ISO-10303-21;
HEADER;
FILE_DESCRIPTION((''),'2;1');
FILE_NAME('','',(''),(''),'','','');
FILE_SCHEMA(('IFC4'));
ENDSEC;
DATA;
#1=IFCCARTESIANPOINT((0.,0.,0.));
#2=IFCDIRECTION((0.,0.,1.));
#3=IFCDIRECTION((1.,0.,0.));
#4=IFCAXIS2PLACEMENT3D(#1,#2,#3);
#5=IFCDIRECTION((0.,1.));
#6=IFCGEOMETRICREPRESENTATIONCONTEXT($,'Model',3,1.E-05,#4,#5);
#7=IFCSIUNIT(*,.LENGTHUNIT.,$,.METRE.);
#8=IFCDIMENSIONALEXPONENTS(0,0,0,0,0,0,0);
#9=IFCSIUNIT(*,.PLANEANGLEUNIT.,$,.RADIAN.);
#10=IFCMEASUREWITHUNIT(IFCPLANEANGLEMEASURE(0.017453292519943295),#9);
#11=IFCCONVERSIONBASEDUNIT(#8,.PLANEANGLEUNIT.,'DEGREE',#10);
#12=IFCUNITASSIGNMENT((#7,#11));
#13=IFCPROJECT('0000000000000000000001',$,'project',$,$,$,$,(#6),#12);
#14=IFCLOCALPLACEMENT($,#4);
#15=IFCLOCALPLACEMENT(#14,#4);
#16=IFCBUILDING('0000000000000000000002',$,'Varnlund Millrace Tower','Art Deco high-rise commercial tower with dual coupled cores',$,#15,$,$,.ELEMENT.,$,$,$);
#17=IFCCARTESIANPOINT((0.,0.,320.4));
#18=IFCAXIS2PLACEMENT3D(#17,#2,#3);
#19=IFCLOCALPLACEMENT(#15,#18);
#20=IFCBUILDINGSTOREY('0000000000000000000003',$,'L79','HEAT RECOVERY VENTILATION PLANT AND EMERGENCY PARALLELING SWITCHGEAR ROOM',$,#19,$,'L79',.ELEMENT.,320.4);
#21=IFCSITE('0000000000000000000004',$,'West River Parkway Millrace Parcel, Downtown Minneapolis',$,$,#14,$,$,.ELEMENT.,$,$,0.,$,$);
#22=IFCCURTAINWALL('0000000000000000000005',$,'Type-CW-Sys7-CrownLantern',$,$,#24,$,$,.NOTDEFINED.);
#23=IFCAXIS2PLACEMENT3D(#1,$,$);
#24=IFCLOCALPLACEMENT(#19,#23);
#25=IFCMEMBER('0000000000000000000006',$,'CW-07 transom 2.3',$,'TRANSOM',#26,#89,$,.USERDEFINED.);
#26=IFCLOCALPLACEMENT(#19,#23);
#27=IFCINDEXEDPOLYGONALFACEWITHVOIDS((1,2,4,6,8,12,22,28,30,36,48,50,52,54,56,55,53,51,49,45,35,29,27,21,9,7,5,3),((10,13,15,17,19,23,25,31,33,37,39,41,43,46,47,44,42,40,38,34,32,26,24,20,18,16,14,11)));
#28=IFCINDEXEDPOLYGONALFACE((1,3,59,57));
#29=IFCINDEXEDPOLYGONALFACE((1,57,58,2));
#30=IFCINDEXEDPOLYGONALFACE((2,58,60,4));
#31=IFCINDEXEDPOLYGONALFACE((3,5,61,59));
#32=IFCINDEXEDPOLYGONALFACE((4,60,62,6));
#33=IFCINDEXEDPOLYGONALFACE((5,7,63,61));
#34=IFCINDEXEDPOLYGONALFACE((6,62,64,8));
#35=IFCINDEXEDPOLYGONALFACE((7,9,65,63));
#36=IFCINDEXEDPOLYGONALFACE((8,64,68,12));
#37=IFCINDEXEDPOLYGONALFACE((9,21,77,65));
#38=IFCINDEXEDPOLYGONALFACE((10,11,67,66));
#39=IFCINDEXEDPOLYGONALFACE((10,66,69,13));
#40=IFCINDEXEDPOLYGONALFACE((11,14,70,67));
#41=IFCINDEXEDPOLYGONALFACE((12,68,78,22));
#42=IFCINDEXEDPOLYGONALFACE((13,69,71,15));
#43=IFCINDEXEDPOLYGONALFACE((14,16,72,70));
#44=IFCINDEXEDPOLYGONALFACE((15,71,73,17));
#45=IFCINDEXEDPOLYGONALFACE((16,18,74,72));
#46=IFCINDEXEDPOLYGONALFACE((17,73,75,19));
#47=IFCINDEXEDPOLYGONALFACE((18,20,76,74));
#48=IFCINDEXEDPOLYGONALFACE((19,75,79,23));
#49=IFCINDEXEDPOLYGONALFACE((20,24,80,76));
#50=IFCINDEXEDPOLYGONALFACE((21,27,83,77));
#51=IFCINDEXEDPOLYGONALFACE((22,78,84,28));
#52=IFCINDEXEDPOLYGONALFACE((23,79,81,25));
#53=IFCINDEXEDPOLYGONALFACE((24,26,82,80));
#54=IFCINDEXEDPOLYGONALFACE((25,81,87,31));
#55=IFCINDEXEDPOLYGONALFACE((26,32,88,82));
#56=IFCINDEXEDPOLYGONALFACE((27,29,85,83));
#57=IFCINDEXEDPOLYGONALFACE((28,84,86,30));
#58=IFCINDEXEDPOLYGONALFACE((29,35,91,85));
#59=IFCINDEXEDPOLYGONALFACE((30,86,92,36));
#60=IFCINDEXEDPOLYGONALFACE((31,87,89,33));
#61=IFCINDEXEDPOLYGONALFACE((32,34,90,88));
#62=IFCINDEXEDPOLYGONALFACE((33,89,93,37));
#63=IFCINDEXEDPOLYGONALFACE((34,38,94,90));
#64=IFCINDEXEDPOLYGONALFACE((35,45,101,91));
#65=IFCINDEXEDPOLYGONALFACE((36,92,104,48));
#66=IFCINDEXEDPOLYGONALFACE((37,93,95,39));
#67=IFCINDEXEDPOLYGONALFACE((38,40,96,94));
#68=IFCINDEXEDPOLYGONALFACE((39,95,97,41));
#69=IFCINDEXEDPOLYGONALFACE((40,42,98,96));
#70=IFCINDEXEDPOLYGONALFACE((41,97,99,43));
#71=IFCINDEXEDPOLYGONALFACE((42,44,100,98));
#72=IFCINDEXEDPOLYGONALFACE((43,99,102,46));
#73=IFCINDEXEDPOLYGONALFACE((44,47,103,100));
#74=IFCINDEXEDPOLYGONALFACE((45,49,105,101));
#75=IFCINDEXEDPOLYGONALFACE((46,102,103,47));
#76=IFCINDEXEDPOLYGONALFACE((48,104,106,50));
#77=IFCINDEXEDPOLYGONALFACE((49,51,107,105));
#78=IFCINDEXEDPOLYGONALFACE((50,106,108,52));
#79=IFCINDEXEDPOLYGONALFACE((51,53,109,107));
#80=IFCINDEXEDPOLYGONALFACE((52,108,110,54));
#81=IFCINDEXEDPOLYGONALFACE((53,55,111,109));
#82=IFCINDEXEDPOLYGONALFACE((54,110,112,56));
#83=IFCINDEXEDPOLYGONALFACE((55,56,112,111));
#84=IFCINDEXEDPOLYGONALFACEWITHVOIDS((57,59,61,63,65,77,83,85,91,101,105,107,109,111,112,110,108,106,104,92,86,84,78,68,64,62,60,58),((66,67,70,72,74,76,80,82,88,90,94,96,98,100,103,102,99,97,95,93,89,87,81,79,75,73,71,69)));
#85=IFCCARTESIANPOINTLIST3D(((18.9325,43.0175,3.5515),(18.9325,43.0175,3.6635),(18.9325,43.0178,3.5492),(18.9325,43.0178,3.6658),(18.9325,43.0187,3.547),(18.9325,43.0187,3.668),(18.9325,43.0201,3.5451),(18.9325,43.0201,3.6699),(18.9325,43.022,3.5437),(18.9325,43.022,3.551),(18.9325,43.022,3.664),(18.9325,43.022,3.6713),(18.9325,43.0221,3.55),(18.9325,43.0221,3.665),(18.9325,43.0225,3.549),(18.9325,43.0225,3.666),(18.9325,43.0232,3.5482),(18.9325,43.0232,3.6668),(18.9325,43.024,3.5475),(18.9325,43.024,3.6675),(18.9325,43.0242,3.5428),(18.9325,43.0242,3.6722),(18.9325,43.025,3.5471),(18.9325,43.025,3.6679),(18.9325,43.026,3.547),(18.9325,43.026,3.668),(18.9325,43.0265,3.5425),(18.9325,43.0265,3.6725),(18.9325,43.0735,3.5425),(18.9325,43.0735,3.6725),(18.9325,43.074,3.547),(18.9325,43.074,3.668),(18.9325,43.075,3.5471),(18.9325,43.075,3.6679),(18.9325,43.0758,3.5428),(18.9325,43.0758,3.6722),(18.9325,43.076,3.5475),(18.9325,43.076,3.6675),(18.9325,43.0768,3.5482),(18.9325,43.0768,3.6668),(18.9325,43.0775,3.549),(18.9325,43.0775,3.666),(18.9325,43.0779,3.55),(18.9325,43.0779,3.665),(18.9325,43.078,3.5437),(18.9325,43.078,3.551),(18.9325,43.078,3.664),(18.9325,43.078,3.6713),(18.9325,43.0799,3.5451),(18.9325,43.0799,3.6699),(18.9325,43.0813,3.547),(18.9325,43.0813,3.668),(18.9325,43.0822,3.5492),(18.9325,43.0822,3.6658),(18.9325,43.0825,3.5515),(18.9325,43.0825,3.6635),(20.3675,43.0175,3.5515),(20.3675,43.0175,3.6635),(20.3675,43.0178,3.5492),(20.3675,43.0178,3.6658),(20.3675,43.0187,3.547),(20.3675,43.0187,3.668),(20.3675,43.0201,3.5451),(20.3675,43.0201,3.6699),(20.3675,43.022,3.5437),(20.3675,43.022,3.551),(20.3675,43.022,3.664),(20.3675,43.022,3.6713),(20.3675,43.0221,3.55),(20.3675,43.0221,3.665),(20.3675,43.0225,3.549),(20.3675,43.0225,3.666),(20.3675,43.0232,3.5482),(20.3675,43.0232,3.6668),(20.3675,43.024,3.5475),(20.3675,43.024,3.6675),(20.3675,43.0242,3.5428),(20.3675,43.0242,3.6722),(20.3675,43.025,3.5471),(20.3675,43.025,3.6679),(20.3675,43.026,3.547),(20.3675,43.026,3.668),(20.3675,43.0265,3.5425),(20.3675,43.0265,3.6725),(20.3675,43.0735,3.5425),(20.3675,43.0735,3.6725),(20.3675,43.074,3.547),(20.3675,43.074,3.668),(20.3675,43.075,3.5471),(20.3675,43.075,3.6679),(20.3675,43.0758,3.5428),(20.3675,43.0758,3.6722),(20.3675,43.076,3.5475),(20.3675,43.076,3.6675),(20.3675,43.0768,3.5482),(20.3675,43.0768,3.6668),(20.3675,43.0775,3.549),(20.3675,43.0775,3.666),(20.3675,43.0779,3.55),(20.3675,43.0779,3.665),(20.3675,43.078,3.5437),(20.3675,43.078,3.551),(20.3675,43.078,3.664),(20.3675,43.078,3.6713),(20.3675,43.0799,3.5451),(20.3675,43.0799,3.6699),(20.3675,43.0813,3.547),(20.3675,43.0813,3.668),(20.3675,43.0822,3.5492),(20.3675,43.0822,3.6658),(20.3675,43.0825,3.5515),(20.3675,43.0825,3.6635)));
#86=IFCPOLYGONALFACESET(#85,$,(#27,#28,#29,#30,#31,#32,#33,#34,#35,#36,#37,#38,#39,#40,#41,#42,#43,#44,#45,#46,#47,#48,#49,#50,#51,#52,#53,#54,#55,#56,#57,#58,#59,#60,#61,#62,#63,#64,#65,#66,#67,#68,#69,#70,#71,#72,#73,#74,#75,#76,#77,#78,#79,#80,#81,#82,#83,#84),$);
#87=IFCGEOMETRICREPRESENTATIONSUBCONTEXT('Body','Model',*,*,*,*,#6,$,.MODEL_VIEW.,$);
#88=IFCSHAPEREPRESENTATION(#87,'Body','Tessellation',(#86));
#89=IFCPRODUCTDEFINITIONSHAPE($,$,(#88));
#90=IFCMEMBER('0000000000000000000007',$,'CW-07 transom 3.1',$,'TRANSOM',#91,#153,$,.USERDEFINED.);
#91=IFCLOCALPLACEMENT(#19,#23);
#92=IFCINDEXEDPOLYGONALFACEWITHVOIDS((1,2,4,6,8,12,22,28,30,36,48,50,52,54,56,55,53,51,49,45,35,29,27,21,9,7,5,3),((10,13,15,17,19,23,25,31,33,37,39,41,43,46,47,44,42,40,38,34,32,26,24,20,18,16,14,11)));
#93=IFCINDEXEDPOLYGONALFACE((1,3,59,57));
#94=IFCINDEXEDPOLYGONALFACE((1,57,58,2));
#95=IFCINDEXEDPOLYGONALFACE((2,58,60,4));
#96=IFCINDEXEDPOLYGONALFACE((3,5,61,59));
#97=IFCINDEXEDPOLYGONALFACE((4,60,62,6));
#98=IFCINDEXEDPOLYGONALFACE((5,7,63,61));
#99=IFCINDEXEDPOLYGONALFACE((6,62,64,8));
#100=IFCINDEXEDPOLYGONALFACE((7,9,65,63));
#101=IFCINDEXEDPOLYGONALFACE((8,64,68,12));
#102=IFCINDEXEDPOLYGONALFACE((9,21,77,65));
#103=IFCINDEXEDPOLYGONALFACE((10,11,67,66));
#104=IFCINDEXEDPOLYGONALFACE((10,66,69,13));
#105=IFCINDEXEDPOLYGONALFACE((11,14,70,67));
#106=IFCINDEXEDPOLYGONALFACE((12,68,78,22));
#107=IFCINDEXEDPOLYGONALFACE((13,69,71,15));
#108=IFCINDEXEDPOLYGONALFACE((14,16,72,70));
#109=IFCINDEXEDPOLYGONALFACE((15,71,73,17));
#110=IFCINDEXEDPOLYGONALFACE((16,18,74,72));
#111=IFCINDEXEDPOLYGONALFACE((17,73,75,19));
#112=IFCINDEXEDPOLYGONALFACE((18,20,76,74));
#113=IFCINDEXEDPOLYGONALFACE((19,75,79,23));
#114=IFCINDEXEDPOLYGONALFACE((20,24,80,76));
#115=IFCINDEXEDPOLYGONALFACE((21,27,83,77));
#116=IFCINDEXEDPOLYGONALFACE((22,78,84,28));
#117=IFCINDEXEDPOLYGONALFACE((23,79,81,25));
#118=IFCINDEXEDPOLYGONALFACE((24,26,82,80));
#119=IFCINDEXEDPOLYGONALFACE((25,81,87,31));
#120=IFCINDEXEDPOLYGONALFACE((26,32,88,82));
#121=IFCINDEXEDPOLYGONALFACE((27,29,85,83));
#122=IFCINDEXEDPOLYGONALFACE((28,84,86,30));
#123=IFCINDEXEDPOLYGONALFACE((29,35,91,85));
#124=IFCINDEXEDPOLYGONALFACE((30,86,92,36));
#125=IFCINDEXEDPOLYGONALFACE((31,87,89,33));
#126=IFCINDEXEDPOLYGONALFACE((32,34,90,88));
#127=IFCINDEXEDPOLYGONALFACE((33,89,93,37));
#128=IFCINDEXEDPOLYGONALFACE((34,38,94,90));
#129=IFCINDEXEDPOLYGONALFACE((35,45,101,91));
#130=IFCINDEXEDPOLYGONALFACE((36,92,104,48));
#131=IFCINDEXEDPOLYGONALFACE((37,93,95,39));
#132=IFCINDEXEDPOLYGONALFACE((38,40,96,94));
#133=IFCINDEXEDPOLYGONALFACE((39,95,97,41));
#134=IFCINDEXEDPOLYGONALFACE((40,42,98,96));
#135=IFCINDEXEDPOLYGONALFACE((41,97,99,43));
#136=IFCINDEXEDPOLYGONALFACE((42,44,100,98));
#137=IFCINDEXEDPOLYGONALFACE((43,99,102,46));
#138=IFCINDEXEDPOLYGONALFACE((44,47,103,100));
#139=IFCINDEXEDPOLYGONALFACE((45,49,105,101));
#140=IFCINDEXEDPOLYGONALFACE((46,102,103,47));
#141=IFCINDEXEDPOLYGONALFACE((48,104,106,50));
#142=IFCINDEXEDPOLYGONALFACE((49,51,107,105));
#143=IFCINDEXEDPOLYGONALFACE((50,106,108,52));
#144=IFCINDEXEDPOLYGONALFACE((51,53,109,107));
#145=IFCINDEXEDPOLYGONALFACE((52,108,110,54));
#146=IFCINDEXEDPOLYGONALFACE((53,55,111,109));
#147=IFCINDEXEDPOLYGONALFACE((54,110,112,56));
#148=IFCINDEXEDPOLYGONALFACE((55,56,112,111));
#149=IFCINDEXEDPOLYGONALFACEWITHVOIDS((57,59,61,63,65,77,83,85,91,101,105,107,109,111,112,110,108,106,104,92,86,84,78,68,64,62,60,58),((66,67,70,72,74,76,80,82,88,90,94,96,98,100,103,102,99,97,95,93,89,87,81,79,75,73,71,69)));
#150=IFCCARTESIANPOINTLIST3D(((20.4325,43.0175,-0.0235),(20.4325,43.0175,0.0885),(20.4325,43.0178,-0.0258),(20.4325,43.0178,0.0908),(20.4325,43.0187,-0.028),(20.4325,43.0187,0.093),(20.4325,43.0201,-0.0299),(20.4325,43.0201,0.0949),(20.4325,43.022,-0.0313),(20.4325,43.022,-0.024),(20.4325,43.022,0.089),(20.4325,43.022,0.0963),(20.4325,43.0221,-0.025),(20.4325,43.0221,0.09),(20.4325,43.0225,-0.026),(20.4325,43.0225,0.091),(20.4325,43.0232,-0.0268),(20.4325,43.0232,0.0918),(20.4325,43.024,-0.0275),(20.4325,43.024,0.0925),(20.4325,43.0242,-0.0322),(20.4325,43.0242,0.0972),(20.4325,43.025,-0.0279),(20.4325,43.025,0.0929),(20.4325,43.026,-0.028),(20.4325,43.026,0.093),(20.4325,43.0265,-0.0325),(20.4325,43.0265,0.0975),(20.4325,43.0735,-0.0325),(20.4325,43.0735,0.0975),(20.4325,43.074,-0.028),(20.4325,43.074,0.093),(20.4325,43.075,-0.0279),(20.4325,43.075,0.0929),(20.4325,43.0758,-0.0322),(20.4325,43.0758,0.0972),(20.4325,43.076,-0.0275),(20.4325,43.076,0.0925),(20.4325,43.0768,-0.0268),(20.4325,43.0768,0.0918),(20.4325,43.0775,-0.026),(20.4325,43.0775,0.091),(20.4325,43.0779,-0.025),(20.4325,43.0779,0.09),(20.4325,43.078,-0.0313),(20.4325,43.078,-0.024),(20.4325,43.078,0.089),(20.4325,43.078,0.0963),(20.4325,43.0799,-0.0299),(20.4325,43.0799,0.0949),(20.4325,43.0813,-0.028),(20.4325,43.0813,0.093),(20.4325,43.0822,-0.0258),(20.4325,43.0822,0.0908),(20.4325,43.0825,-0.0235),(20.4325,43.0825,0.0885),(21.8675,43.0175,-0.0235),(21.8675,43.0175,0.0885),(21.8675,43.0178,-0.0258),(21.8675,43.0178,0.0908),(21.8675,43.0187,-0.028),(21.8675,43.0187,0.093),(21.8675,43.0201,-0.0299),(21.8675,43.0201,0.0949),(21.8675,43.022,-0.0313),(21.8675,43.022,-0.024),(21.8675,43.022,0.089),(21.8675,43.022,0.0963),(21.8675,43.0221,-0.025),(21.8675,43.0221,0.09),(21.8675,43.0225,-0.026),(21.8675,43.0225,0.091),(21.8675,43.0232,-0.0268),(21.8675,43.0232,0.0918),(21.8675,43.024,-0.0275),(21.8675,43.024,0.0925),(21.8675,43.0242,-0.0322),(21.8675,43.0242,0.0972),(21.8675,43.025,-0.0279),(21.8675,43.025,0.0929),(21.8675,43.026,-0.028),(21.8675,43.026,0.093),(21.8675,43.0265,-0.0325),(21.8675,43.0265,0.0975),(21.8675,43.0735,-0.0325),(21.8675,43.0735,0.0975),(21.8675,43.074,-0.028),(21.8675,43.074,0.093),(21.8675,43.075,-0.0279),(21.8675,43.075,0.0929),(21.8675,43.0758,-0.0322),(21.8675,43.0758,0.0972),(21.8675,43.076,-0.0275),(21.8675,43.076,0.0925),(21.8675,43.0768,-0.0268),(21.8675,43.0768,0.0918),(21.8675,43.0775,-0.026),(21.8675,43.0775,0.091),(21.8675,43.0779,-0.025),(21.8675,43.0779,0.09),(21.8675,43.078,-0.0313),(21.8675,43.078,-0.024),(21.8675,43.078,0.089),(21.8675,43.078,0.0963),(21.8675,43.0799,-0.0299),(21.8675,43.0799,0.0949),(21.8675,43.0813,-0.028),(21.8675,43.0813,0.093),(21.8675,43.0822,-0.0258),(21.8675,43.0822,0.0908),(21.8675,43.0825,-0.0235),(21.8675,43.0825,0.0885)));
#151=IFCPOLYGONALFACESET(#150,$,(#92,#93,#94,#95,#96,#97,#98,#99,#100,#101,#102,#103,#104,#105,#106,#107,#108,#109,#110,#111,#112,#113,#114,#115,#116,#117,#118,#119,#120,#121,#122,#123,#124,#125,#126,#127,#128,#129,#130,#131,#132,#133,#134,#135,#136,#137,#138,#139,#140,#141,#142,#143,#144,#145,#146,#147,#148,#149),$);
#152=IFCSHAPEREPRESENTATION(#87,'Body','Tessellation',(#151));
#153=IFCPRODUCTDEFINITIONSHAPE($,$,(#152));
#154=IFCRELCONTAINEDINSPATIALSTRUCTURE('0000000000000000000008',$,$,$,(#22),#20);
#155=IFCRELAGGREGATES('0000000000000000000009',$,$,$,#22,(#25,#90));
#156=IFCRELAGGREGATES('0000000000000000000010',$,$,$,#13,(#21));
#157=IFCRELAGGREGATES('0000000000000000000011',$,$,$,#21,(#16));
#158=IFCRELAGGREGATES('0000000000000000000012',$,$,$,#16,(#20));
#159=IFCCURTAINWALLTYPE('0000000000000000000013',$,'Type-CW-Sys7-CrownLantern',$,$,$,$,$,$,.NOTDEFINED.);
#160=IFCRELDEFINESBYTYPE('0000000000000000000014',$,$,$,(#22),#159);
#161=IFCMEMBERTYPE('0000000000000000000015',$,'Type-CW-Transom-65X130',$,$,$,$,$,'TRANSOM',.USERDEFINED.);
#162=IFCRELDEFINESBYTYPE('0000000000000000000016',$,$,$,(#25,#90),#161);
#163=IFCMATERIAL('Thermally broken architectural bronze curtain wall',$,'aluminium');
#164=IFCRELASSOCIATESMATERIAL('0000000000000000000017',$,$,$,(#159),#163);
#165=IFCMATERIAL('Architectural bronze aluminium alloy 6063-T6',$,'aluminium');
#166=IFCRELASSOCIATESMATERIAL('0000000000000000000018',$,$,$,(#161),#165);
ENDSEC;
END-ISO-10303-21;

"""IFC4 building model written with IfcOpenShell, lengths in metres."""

from ifc_helpers import new_model, entity, si_unit, converted_unit, direction, frame, origin_with_axes, origin_2d_with_axis, place, context, subcontext, project, spatial, hollow_rectangle, extrude, material, material_profile, profile_set, type_object, element, aggregate, save


model = new_model("IFC4")

# Units and contexts
model_context = context("Model", 3, precision=1e-05, world=origin_with_axes(), true_north=direction((0.0, 1.0)))
body_context = subcontext(model_context, "Body", "Model", "MODEL_VIEW")
ifc_project = project(units=[si_unit("LENGTHUNIT", "METRE"), converted_unit("PLANEANGLEUNIT", "DEGREE", entity("IfcPlaneAngleMeasure", 0.017453292519943295), si_unit("PLANEANGLEUNIT", "RADIAN"), dimensions=[0, 0, 0, 0, 0, 0, 0])], contexts=[model_context])

# Site, building, storey
site_placement = place(None, origin_with_axes())
site = spatial("IfcSite", under=ifc_project, at=site_placement, Name="West River Parkway Millrace Parcel, Downtown Minneapolis", CompositionType="ELEMENT", RefElevation=0.0)
building_placement = place(site_placement, origin_with_axes())
building = spatial("IfcBuilding", under=site, at=building_placement, Name="Varnlund Millrace Tower", Description="Art Deco high-rise commercial tower with dual coupled cores", CompositionType="ELEMENT")
storey_placement = place(building_placement, frame((0.0, 0.0, 320.4), z_axis=(0.0, 0.0, 1.0), x_axis=(1.0, 0.0, 0.0)))
storey = spatial("IfcBuildingStorey", under=building, at=storey_placement, Name="L79", Description="HEAT RECOVERY VENTILATION PLANT AND EMERGENCY PARALLELING SWITCHGEAR ROOM", LongName="L79", CompositionType="ELEMENT", Elevation=320.4)

# Curtain wall, members
ifc_material_1 = material(Name="Thermally broken architectural bronze curtain wall", Category="aluminium")
curtain_wall_type = type_object("IfcCurtainWallType", Name="Type-CW-Sys7-CrownLantern", PredefinedType="NOTDEFINED", material=ifc_material_1)
ifc_material_2 = material(Name="Architectural bronze aluminium alloy 6063-T6", Category="aluminium")
ifc_material_profile_1 = material_profile(ifc_material_2, hollow_rectangle(XDim=0.065, YDim=0.13, WallThickness=0.0045, InnerFilletRadius=0.004, OuterFilletRadius=0.009, at=origin_2d_with_axis()), Name="Architectural bronze aluminium alloy 6063-T6")
ifc_profile_set_1 = profile_set([ifc_material_profile_1], Name="Architectural bronze aluminium alloy 6063-T6")
member_type = type_object("IfcMemberType", Name="Type-CW-Transom-65X130", ElementType="TRANSOM", PredefinedType="USERDEFINED", material=ifc_profile_set_1)
curtain_wall_1_placement = place(storey_placement, frame((17.4, 43.05, 0.0), z_axis=(0.0, 0.0, 1.0), x_axis=(1.0, 0.0, 0.0)))
curtain_wall_1 = element("IfcCurtainWall", 1, at=curtain_wall_1_placement, inside=storey, type_object=curtain_wall_type, Name="Type-CW-Sys7-CrownLantern", PredefinedType="NOTDEFINED")
member_1_placement = place(storey_placement, frame((18.9325, 43.05, 3.6075), z_axis=(1.0, 0.0, 0.0), x_axis=(0.0, 1.0, 0.0)))
member_1 = element("IfcMember", 2, at=member_1_placement, type_object=member_type, Name="CW-07 transom 2.3", ObjectType="TRANSOM", PredefinedType="USERDEFINED", context=body_context, shape_type="SweptSolid", body=[
    extrude(hollow_rectangle(XDim=0.065, YDim=0.13, WallThickness=0.0045, InnerFilletRadius=0.004, OuterFilletRadius=0.009, at=origin_2d_with_axis()), origin_with_axes(), (0.0, 0.0, 1.0), 1.435),
])
member_2_placement = place(storey_placement, frame((20.4325, 43.05, 0.0325), z_axis=(1.0, 0.0, 0.0), x_axis=(0.0, 1.0, 0.0)))
member_2 = element("IfcMember", 3, at=member_2_placement, type_object=member_type, Name="CW-07 transom 3.1", ObjectType="TRANSOM", PredefinedType="USERDEFINED", context=body_context, shape_type="SweptSolid", body=[
    extrude(hollow_rectangle(XDim=0.065, YDim=0.13, WallThickness=0.0045, InnerFilletRadius=0.004, OuterFilletRadius=0.009, at=origin_2d_with_axis()), origin_with_axes(), (0.0, 0.0, 1.0), 1.435),
])

aggregate(curtain_wall_1, [member_1, member_2])

save(model, "model.ifc")
